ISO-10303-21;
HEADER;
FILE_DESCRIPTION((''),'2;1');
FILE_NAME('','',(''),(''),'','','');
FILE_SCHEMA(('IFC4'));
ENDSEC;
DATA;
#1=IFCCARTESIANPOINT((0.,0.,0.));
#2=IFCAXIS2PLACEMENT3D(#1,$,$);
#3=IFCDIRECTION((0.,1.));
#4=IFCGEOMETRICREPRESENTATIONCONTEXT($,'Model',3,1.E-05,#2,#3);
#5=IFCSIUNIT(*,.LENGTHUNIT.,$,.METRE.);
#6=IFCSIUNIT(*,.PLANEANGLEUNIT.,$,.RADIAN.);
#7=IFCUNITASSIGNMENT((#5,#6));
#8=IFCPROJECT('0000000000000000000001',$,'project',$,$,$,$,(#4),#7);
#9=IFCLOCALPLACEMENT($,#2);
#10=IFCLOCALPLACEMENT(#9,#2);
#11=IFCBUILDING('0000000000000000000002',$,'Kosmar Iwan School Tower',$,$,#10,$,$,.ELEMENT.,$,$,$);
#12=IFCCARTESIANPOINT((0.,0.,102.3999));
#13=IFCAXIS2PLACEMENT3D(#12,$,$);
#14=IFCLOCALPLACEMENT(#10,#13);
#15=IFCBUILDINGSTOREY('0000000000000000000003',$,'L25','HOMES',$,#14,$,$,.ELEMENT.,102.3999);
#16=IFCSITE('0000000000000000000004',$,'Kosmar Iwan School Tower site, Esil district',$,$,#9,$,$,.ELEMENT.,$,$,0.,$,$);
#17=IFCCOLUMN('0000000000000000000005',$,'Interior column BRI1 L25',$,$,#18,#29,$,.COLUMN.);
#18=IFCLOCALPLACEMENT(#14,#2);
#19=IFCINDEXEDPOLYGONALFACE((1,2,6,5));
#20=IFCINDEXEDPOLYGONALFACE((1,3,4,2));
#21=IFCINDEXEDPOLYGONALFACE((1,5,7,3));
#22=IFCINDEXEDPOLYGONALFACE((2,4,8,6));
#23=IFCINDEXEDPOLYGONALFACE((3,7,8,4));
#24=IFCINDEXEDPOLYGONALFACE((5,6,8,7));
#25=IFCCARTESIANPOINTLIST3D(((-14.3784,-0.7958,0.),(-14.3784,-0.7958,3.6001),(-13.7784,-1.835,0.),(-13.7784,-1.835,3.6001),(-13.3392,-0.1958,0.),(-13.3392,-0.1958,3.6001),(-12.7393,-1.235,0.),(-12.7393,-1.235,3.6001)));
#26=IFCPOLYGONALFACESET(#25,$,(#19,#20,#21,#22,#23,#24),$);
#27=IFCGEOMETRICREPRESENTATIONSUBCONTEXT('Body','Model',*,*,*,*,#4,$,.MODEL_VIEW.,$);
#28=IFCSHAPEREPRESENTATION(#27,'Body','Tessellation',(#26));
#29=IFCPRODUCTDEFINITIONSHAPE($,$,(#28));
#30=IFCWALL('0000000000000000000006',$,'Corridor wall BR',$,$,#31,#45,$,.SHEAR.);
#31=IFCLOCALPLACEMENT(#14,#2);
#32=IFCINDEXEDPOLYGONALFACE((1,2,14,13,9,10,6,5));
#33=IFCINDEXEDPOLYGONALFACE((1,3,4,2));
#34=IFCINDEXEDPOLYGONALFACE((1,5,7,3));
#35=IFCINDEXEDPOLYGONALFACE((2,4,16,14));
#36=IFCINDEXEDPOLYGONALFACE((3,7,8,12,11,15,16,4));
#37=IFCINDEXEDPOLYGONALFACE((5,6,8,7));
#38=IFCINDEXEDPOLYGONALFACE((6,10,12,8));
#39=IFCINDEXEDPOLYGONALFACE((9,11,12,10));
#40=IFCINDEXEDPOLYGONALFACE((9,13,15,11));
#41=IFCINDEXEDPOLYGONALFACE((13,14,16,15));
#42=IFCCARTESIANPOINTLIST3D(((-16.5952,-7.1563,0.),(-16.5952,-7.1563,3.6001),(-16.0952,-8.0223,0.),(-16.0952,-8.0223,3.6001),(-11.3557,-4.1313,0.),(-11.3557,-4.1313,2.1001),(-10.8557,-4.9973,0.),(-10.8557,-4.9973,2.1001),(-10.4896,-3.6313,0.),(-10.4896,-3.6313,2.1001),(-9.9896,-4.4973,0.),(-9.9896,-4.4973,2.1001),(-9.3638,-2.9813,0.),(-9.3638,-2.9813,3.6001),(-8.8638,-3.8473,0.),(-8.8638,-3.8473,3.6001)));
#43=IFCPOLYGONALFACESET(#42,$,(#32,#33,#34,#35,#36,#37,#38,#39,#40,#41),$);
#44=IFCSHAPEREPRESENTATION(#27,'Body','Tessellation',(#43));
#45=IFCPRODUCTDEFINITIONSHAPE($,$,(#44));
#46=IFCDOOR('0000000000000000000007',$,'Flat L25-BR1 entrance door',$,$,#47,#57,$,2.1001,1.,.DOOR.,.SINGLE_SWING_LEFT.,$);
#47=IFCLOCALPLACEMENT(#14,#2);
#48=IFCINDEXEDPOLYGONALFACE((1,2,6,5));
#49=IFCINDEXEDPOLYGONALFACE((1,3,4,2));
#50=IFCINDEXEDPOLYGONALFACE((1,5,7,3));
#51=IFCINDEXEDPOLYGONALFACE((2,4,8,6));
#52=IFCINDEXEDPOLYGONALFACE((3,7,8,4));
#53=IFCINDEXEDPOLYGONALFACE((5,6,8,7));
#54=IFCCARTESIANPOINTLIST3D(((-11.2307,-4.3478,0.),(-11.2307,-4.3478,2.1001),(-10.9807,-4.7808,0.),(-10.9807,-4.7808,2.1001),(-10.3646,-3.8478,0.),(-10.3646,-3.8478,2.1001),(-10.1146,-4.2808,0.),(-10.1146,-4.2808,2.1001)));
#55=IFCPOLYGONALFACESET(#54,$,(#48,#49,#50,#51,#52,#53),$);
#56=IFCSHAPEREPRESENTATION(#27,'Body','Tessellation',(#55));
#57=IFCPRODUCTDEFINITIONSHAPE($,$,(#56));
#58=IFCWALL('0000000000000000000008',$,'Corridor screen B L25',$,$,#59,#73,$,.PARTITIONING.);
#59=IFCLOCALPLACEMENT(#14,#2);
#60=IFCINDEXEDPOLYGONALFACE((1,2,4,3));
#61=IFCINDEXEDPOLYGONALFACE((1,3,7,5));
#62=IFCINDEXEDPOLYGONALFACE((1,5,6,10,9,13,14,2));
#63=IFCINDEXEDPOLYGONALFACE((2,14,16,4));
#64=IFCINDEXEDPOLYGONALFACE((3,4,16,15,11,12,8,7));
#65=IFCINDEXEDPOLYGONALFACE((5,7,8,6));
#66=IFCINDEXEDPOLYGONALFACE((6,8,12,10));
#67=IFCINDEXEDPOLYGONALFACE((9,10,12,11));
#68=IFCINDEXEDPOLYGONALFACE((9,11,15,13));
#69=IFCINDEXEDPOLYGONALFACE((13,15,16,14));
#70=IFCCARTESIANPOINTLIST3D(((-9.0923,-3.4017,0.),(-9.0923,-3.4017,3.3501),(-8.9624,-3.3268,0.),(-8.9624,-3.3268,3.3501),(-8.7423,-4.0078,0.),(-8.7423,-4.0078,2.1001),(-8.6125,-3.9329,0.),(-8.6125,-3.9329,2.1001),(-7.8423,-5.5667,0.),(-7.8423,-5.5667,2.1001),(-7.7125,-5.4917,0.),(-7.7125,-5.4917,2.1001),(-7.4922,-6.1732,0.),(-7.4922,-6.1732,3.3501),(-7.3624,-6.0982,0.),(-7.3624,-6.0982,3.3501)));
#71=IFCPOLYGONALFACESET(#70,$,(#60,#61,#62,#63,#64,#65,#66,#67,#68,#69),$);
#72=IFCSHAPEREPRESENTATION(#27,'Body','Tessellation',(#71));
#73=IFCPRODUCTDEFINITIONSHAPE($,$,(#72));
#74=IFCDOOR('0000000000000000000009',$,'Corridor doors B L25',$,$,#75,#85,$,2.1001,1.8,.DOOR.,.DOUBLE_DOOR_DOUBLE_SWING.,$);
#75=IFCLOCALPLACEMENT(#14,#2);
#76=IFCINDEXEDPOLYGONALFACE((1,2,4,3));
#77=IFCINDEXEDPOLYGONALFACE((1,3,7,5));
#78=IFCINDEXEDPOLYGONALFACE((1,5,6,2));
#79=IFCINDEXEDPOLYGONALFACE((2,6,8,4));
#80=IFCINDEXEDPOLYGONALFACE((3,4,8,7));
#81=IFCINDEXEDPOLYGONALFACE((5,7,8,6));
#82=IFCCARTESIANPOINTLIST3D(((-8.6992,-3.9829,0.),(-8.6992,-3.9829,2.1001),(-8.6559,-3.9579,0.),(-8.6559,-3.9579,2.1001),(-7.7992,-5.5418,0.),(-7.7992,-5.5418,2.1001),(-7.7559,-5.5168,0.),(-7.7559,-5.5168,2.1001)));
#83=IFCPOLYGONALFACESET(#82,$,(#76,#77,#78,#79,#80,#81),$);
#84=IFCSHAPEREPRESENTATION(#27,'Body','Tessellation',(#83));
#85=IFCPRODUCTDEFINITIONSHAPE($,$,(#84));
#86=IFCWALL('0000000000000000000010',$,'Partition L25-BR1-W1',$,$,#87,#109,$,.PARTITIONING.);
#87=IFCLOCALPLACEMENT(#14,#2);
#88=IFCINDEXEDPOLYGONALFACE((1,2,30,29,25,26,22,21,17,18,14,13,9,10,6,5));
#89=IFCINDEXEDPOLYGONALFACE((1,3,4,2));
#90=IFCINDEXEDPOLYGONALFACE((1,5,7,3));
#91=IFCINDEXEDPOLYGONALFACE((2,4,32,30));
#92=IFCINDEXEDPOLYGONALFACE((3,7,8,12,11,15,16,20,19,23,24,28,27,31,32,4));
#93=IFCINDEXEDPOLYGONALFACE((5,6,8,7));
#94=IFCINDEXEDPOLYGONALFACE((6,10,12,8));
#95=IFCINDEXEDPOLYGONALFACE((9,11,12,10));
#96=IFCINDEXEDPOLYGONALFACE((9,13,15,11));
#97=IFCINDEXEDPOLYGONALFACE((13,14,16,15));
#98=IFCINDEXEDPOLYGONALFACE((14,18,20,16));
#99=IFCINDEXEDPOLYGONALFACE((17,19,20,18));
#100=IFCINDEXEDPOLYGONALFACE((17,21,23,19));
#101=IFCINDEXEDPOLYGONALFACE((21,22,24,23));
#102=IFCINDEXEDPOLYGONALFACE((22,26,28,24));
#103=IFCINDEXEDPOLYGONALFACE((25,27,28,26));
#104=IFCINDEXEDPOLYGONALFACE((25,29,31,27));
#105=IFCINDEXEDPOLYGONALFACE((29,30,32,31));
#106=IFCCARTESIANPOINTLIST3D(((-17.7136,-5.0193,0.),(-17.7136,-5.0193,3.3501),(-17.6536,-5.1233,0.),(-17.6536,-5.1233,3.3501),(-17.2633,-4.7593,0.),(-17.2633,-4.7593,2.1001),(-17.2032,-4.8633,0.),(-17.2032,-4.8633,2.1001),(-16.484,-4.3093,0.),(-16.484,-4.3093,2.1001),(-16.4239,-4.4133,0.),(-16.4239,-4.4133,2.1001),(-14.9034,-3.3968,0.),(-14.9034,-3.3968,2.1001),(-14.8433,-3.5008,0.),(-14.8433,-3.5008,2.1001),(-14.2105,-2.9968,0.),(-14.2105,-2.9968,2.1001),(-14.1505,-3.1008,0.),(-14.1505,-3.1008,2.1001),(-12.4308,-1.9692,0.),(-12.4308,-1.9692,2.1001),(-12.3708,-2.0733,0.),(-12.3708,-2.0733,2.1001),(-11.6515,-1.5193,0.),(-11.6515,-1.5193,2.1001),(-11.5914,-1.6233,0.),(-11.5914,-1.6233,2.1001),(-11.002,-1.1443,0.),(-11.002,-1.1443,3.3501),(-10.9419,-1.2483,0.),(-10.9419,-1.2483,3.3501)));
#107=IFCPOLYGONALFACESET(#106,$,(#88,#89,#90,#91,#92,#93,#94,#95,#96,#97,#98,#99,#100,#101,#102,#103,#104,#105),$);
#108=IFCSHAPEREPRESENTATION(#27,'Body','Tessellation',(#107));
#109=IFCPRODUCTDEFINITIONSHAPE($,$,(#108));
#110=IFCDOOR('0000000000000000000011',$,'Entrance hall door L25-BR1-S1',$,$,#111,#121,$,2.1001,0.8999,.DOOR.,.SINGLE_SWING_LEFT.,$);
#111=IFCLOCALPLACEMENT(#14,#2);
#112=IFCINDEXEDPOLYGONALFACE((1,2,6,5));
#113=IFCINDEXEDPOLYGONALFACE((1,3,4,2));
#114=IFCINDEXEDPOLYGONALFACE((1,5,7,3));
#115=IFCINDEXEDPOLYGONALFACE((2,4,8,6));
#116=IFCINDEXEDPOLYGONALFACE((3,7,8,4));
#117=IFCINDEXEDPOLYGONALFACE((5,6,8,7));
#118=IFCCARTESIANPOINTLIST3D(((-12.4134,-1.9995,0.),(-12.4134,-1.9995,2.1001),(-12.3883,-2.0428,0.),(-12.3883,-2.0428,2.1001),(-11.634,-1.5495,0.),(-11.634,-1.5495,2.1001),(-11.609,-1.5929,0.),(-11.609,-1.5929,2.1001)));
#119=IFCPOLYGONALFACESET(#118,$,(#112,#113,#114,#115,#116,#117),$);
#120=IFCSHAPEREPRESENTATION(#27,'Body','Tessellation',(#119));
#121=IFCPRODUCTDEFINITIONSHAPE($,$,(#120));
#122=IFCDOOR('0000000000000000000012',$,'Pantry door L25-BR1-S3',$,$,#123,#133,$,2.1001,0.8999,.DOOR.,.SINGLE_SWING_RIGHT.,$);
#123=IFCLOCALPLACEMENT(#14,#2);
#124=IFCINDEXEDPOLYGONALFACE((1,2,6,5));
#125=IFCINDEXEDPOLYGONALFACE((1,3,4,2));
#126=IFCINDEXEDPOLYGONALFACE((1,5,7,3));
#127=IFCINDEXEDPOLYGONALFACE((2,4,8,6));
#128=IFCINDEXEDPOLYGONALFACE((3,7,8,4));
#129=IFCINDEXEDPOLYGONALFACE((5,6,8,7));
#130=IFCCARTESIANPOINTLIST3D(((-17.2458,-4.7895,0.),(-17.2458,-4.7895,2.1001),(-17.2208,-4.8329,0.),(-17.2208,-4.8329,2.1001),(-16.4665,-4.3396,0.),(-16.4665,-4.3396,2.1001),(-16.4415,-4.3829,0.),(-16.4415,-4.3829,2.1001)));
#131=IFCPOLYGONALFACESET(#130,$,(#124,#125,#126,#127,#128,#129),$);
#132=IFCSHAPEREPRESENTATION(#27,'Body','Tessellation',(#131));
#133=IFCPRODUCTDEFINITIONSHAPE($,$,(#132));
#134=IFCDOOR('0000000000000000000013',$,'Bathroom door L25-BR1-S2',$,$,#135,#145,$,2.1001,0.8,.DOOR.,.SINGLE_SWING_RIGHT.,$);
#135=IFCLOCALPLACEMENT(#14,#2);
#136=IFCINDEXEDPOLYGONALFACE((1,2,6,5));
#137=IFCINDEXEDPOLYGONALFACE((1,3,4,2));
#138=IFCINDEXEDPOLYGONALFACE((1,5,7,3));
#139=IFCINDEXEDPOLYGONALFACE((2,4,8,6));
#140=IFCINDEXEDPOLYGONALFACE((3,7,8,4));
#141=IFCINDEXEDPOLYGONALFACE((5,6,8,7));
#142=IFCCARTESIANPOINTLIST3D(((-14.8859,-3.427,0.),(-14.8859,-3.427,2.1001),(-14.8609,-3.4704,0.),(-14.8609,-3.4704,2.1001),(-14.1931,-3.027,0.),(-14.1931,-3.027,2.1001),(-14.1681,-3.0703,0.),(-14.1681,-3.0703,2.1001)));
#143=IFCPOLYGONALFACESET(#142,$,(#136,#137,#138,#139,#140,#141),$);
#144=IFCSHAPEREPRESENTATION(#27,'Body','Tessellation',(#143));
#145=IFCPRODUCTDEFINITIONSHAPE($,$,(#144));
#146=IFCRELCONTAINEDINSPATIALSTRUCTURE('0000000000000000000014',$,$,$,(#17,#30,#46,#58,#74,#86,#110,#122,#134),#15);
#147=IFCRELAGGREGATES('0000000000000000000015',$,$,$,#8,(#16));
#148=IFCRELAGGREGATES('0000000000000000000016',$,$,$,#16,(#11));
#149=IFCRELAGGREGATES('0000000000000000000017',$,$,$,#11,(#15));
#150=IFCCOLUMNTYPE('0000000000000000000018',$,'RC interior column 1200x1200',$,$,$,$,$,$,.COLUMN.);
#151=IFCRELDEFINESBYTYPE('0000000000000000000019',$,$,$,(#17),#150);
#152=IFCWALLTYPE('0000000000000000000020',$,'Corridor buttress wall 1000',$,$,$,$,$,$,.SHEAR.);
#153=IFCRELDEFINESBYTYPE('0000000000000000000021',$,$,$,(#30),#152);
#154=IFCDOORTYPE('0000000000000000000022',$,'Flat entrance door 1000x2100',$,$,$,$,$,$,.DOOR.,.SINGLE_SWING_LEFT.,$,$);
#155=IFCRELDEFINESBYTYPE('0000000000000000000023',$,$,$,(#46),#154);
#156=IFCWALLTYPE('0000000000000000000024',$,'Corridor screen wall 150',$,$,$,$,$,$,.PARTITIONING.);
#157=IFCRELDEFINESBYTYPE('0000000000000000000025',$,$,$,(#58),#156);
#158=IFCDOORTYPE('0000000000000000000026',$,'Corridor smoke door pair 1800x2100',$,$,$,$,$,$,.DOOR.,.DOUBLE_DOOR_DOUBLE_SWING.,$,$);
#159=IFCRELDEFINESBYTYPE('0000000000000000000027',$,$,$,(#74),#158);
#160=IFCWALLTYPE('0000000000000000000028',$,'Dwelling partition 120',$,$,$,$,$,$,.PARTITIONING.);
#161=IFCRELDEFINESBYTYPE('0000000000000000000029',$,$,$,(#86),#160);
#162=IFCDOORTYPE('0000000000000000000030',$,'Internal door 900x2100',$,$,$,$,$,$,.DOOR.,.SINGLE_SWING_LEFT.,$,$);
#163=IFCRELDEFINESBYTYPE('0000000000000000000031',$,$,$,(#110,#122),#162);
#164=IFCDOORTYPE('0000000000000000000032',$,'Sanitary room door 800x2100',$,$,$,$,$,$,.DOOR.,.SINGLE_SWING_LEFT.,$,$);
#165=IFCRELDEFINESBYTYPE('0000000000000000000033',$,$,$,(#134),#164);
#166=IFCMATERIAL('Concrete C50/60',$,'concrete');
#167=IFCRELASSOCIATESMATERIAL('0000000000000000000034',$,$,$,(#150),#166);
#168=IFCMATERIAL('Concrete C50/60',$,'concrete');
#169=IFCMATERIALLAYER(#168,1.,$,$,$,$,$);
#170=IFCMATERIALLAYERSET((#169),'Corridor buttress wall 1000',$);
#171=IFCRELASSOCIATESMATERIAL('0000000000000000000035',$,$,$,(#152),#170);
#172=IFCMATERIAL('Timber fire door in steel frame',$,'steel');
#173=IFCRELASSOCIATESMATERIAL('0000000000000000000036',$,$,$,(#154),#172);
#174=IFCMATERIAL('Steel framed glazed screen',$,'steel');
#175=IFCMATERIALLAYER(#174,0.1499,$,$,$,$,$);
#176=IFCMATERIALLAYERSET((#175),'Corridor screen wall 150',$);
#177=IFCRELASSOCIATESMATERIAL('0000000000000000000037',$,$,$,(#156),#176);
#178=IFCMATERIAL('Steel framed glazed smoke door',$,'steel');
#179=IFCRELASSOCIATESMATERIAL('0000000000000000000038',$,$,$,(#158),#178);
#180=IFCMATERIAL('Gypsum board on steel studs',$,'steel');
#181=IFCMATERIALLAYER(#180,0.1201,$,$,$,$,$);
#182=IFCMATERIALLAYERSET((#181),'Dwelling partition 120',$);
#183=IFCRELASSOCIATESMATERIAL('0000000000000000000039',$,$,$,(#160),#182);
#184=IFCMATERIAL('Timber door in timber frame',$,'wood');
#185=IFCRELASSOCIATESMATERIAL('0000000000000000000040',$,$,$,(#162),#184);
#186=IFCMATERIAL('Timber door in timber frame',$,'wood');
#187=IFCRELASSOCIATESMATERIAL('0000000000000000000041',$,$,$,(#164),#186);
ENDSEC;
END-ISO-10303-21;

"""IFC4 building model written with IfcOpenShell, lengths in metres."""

from ifc_helpers import new_model, si_unit, direction, frame, frame_2d, origin, origin_2d, place, context, subcontext, project, spatial, rectangle, extrude, material, layer, layer_set, material_profile, profile_set, type_object, element, fill, save


model = new_model("IFC4")

# Units and contexts
model_context = context("Model", 3, precision=1e-05, world=origin(), true_north=direction((0.0, 1.0)))
body_context = subcontext(model_context, "Body", "Model", "MODEL_VIEW")
ifc_project = project(units=[si_unit("LENGTHUNIT", "METRE"), si_unit("PLANEANGLEUNIT", "RADIAN")], contexts=[model_context])

# Site, building, storey
site_placement = place(None, origin())
site = spatial("IfcSite", under=ifc_project, at=site_placement, Name="Kosmar Iwan School Tower site, Esil district", CompositionType="ELEMENT", RefElevation=0.0)
building_placement = place(site_placement, origin())
building = spatial("IfcBuilding", under=site, at=building_placement, Name="Kosmar Iwan School Tower", CompositionType="ELEMENT")
storey_placement = place(building_placement, frame((0.0, 0.0, 102.3999)))
storey = spatial("IfcBuildingStorey", under=building, at=storey_placement, Name="L25", Description="HOMES", CompositionType="ELEMENT", Elevation=102.3999)

# Column
ifc_material_1 = material(Name="Concrete C50/60", Category="concrete")
ifc_material_profile = material_profile(ifc_material_1, rectangle(XDim=1.2, YDim=1.2, at=origin_2d()), Name="RC 1200x1200")
ifc_profile_set = profile_set([ifc_material_profile], Name="Concrete C50/60")
column_type = type_object("IfcColumnType", Name="RC interior column 1200x1200", PredefinedType="COLUMN", material=ifc_profile_set)
column_placement = place(storey_placement, frame((-13.5588, -1.0154, 0.0), z_axis=(0.0, 0.0, 1.0), x_axis=(-0.866025, -0.5, 0.0)))
element("IfcColumn", 1, at=column_placement, inside=storey, type_object=column_type, Name="Interior column BRI1 L25", PredefinedType="COLUMN", context=body_context, shape_type="SweptSolid", body=[
    extrude(rectangle(XDim=1.2, YDim=1.2, at=origin_2d()), origin(), (0.0, 0.0, 1.0), 3.6001),
])

# Walls, openings, doors
ifc_material_2 = material(Name="Concrete C50/60", Category="concrete")
ifc_layer_1 = layer(ifc_material_2, 1.0)
ifc_layer_set_1 = layer_set([ifc_layer_1], Name="Corridor buttress wall 1000")
wall_type_1 = type_object("IfcWallType", Name="Corridor buttress wall 1000", PredefinedType="SHEAR", material=ifc_layer_set_1)
wall_1_placement = place(storey_placement, frame((-9.1138, -3.4143, 0.0), z_axis=(0.0, 0.0, 1.0), x_axis=(-0.866027, -0.499997, 0.0)))
wall_1 = element("IfcWall", 2, at=wall_1_placement, inside=storey, type_object=wall_type_1, Name="Corridor wall BR", PredefinedType="SHEAR", context=body_context, shape_type="SweptSolid", body=[
    extrude(rectangle(XDim=8.3501, YDim=1.0, at=frame_2d((4.175, 0.0))), origin(), (0.0, 0.0, 1.0), 3.6001),
])
opening_1_placement = place(wall_1_placement, frame((1.3, 0.0, 0.0)))
opening_1 = element("IfcOpeningElement", 3, at=opening_1_placement, cuts=wall_1, PredefinedType="OPENING", context=body_context, shape_type="SweptSolid", body=[
    extrude(rectangle(XDim=1.0, YDim=2.1001, at=frame_2d((0.5, 1.05))), frame((0.0, 0.512, 0.0), z_axis=(0.0, -1.0, 0.0), x_axis=(1.0, 0.0, 0.0)), (0.0, 0.0, 1.0), 1.0239),
])
ifc_material_3 = material(Name="Timber fire door in steel frame", Category="steel")
door_type_1 = type_object("IfcDoorType", Name="Flat entrance door 1000x2100", OperationType="SINGLE_SWING_LEFT", PredefinedType="DOOR", material=ifc_material_3)
door_1_placement = place(opening_1_placement, origin())
door_1 = element("IfcDoor", 4, at=door_1_placement, inside=storey, type_object=door_type_1, Name="Flat L25-BR1 entrance door", OperationType="SINGLE_SWING_LEFT", OverallHeight=2.1001, OverallWidth=1.0, PredefinedType="DOOR", context=body_context, shape_type="SweptSolid", body=[
    extrude(rectangle(XDim=1.0, YDim=2.1001, at=frame_2d((0.5, 1.05))), frame((0.0, 0.25, 0.0), z_axis=(0.0, -1.0, 0.0), x_axis=(1.0, 0.0, 0.0)), (0.0, 0.0, 1.0), 0.5),
])
fill(opening_1, door_1)
ifc_material_4 = material(Name="Steel framed glazed screen", Category="steel")
ifc_layer_2 = layer(ifc_material_4, 0.1499)
ifc_layer_set_2 = layer_set([ifc_layer_2], Name="Corridor screen wall 150")
wall_type_2 = type_object("IfcWallType", Name="Corridor screen wall 150", PredefinedType="PARTITIONING", material=ifc_layer_set_2)
wall_2_placement = place(storey_placement, frame((-9.0273, -3.3643, 0.0), z_axis=(0.0, 0.0, 1.0), x_axis=(0.499995, -0.866028, 0.0)))
wall_2 = element("IfcWall", 5, at=wall_2_placement, inside=storey, type_object=wall_type_2, Name="Corridor screen B L25", PredefinedType="PARTITIONING", context=body_context, shape_type="SweptSolid", body=[
    extrude(rectangle(XDim=3.2002, YDim=0.1499, at=frame_2d((1.6001, 0.0))), origin(), (0.0, 0.0, 1.0), 3.3501),
])
opening_2_placement = place(wall_2_placement, frame((0.7, 0.0, 0.0)))
opening_2 = element("IfcOpeningElement", 6, at=opening_2_placement, cuts=wall_2, PredefinedType="OPENING", context=body_context, shape_type="SweptSolid", body=[
    extrude(rectangle(XDim=1.8, YDim=2.1001, at=frame_2d((0.8999, 1.05))), frame((0.0, 0.0869, 0.0), z_axis=(0.0, -1.0, 0.0), x_axis=(1.0, 0.0, 0.0)), (0.0, 0.0, 1.0), 0.1738),
])
ifc_material_5 = material(Name="Steel framed glazed smoke door", Category="steel")
door_type_2 = type_object("IfcDoorType", Name="Corridor smoke door pair 1800x2100", OperationType="DOUBLE_DOOR_DOUBLE_SWING", PredefinedType="DOOR", material=ifc_material_5)
door_2_placement = place(opening_2_placement, origin())
door_2 = element("IfcDoor", 7, at=door_2_placement, inside=storey, type_object=door_type_2, Name="Corridor doors B L25", OperationType="DOUBLE_DOOR_DOUBLE_SWING", OverallHeight=2.1001, OverallWidth=1.8, PredefinedType="DOOR", context=body_context, shape_type="SweptSolid", body=[
    extrude(rectangle(XDim=1.8, YDim=2.1001, at=frame_2d((0.8999, 1.05))), frame((0.0, 0.0249, 0.0), z_axis=(0.0, -1.0, 0.0), x_axis=(1.0, 0.0, 0.0)), (0.0, 0.0, 1.0), 0.05),
])
fill(opening_2, door_2)

# Wall, openings, doors
ifc_material_6 = material(Name="Gypsum board on steel studs", Category="steel")
ifc_layer_3 = layer(ifc_material_6, 0.1201)
ifc_layer_set_3 = layer_set([ifc_layer_3], Name="Dwelling partition 120")
wall_type_3 = type_object("IfcWallType", Name="Dwelling partition 120", PredefinedType="PARTITIONING", material=ifc_layer_set_3)
wall_3_placement = place(storey_placement, frame((-10.9719, -1.1963, 0.0), z_axis=(0.0, 0.0, 1.0), x_axis=(-0.866025, -0.500002, 0.0)))
wall_3 = element("IfcWall", 8, at=wall_3_placement, inside=storey, type_object=wall_type_3, Name="Partition L25-BR1-W1", PredefinedType="PARTITIONING", context=body_context, shape_type="SweptSolid", body=[
    extrude(rectangle(XDim=7.75, YDim=0.1201, at=frame_2d((3.875, 0.0))), origin(), (0.0, 0.0, 1.0), 3.3501),
])
opening_3_placement = place(wall_3_placement, frame((0.75, 0.0, 0.0)))
opening_3 = element("IfcOpeningElement", 9, at=opening_3_placement, cuts=wall_3, PredefinedType="OPENING", context=body_context, shape_type="SweptSolid", body=[
    extrude(rectangle(XDim=0.8999, YDim=2.1001, at=frame_2d((0.45, 1.05))), frame((0.0, 0.072, 0.0), z_axis=(0.0, -1.0, 0.0), x_axis=(1.0, 0.0, 0.0)), (0.0, 0.0, 1.0), 0.144),
])
opening_4_placement = place(wall_3_placement, frame((3.7051, 0.0, 0.0)))
opening_4 = element("IfcOpeningElement", 10, at=opening_4_placement, cuts=wall_3, PredefinedType="OPENING", context=body_context, shape_type="SweptSolid", body=[
    extrude(rectangle(XDim=0.8, YDim=2.1001, at=frame_2d((0.3999, 1.05))), frame((0.0, 0.072, 0.0), z_axis=(0.0, -1.0, 0.0), x_axis=(1.0, 0.0, 0.0)), (0.0, 0.0, 1.0), 0.144),
])
opening_5_placement = place(wall_3_placement, frame((6.3301, 0.0, 0.0)))
opening_5 = element("IfcOpeningElement", 11, at=opening_5_placement, cuts=wall_3, PredefinedType="OPENING", context=body_context, shape_type="SweptSolid", body=[
    extrude(rectangle(XDim=0.8999, YDim=2.1001, at=frame_2d((0.45, 1.05))), frame((0.0, 0.072, 0.0), z_axis=(0.0, -1.0, 0.0), x_axis=(1.0, 0.0, 0.0)), (0.0, 0.0, 1.0), 0.144),
])
ifc_material_7 = material(Name="Timber door in timber frame", Category="wood")
door_type_3 = type_object("IfcDoorType", Name="Internal door 900x2100", OperationType="SINGLE_SWING_LEFT", PredefinedType="DOOR", material=ifc_material_7)
door_3_placement = place(opening_3_placement, origin())
door_3 = element("IfcDoor", 12, at=door_3_placement, inside=storey, type_object=door_type_3, Name="Entrance hall door L25-BR1-S1", OperationType="SINGLE_SWING_LEFT", OverallHeight=2.1001, OverallWidth=0.8999, PredefinedType="DOOR", context=body_context, shape_type="SweptSolid", body=[
    extrude(rectangle(XDim=0.8999, YDim=2.1001, at=frame_2d((0.45, 1.05))), frame((0.0, 0.0249, 0.0), z_axis=(0.0, -1.0, 0.0), x_axis=(1.0, 0.0, 0.0)), (0.0, 0.0, 1.0), 0.05),
])
fill(opening_3, door_3)
door_4_placement = place(opening_5_placement, origin())
door_4 = element("IfcDoor", 13, at=door_4_placement, inside=storey, type_object=door_type_3, Name="Pantry door L25-BR1-S3", OperationType="SINGLE_SWING_RIGHT", OverallHeight=2.1001, OverallWidth=0.8999, PredefinedType="DOOR", context=body_context, shape_type="SweptSolid", body=[
    extrude(rectangle(XDim=0.8999, YDim=2.1001, at=frame_2d((0.45, 1.05))), frame((0.0, 0.0249, 0.0), z_axis=(0.0, -1.0, 0.0), x_axis=(1.0, 0.0, 0.0)), (0.0, 0.0, 1.0), 0.05),
])
fill(opening_5, door_4)
ifc_material_8 = material(Name="Timber door in timber frame", Category="wood")
door_type_4 = type_object("IfcDoorType", Name="Sanitary room door 800x2100", OperationType="SINGLE_SWING_LEFT", PredefinedType="DOOR", material=ifc_material_8)
door_5_placement = place(opening_4_placement, origin())
door_5 = element("IfcDoor", 14, at=door_5_placement, inside=storey, type_object=door_type_4, Name="Bathroom door L25-BR1-S2", OperationType="SINGLE_SWING_RIGHT", OverallHeight=2.1001, OverallWidth=0.8, PredefinedType="DOOR", context=body_context, shape_type="SweptSolid", body=[
    extrude(rectangle(XDim=0.8, YDim=2.1001, at=frame_2d((0.3999, 1.05))), frame((0.0, 0.0249, 0.0), z_axis=(0.0, -1.0, 0.0), x_axis=(1.0, 0.0, 0.0)), (0.0, 0.0, 1.0), 0.05),
])
fill(opening_4, door_5)

save(model, "model.ifc")
